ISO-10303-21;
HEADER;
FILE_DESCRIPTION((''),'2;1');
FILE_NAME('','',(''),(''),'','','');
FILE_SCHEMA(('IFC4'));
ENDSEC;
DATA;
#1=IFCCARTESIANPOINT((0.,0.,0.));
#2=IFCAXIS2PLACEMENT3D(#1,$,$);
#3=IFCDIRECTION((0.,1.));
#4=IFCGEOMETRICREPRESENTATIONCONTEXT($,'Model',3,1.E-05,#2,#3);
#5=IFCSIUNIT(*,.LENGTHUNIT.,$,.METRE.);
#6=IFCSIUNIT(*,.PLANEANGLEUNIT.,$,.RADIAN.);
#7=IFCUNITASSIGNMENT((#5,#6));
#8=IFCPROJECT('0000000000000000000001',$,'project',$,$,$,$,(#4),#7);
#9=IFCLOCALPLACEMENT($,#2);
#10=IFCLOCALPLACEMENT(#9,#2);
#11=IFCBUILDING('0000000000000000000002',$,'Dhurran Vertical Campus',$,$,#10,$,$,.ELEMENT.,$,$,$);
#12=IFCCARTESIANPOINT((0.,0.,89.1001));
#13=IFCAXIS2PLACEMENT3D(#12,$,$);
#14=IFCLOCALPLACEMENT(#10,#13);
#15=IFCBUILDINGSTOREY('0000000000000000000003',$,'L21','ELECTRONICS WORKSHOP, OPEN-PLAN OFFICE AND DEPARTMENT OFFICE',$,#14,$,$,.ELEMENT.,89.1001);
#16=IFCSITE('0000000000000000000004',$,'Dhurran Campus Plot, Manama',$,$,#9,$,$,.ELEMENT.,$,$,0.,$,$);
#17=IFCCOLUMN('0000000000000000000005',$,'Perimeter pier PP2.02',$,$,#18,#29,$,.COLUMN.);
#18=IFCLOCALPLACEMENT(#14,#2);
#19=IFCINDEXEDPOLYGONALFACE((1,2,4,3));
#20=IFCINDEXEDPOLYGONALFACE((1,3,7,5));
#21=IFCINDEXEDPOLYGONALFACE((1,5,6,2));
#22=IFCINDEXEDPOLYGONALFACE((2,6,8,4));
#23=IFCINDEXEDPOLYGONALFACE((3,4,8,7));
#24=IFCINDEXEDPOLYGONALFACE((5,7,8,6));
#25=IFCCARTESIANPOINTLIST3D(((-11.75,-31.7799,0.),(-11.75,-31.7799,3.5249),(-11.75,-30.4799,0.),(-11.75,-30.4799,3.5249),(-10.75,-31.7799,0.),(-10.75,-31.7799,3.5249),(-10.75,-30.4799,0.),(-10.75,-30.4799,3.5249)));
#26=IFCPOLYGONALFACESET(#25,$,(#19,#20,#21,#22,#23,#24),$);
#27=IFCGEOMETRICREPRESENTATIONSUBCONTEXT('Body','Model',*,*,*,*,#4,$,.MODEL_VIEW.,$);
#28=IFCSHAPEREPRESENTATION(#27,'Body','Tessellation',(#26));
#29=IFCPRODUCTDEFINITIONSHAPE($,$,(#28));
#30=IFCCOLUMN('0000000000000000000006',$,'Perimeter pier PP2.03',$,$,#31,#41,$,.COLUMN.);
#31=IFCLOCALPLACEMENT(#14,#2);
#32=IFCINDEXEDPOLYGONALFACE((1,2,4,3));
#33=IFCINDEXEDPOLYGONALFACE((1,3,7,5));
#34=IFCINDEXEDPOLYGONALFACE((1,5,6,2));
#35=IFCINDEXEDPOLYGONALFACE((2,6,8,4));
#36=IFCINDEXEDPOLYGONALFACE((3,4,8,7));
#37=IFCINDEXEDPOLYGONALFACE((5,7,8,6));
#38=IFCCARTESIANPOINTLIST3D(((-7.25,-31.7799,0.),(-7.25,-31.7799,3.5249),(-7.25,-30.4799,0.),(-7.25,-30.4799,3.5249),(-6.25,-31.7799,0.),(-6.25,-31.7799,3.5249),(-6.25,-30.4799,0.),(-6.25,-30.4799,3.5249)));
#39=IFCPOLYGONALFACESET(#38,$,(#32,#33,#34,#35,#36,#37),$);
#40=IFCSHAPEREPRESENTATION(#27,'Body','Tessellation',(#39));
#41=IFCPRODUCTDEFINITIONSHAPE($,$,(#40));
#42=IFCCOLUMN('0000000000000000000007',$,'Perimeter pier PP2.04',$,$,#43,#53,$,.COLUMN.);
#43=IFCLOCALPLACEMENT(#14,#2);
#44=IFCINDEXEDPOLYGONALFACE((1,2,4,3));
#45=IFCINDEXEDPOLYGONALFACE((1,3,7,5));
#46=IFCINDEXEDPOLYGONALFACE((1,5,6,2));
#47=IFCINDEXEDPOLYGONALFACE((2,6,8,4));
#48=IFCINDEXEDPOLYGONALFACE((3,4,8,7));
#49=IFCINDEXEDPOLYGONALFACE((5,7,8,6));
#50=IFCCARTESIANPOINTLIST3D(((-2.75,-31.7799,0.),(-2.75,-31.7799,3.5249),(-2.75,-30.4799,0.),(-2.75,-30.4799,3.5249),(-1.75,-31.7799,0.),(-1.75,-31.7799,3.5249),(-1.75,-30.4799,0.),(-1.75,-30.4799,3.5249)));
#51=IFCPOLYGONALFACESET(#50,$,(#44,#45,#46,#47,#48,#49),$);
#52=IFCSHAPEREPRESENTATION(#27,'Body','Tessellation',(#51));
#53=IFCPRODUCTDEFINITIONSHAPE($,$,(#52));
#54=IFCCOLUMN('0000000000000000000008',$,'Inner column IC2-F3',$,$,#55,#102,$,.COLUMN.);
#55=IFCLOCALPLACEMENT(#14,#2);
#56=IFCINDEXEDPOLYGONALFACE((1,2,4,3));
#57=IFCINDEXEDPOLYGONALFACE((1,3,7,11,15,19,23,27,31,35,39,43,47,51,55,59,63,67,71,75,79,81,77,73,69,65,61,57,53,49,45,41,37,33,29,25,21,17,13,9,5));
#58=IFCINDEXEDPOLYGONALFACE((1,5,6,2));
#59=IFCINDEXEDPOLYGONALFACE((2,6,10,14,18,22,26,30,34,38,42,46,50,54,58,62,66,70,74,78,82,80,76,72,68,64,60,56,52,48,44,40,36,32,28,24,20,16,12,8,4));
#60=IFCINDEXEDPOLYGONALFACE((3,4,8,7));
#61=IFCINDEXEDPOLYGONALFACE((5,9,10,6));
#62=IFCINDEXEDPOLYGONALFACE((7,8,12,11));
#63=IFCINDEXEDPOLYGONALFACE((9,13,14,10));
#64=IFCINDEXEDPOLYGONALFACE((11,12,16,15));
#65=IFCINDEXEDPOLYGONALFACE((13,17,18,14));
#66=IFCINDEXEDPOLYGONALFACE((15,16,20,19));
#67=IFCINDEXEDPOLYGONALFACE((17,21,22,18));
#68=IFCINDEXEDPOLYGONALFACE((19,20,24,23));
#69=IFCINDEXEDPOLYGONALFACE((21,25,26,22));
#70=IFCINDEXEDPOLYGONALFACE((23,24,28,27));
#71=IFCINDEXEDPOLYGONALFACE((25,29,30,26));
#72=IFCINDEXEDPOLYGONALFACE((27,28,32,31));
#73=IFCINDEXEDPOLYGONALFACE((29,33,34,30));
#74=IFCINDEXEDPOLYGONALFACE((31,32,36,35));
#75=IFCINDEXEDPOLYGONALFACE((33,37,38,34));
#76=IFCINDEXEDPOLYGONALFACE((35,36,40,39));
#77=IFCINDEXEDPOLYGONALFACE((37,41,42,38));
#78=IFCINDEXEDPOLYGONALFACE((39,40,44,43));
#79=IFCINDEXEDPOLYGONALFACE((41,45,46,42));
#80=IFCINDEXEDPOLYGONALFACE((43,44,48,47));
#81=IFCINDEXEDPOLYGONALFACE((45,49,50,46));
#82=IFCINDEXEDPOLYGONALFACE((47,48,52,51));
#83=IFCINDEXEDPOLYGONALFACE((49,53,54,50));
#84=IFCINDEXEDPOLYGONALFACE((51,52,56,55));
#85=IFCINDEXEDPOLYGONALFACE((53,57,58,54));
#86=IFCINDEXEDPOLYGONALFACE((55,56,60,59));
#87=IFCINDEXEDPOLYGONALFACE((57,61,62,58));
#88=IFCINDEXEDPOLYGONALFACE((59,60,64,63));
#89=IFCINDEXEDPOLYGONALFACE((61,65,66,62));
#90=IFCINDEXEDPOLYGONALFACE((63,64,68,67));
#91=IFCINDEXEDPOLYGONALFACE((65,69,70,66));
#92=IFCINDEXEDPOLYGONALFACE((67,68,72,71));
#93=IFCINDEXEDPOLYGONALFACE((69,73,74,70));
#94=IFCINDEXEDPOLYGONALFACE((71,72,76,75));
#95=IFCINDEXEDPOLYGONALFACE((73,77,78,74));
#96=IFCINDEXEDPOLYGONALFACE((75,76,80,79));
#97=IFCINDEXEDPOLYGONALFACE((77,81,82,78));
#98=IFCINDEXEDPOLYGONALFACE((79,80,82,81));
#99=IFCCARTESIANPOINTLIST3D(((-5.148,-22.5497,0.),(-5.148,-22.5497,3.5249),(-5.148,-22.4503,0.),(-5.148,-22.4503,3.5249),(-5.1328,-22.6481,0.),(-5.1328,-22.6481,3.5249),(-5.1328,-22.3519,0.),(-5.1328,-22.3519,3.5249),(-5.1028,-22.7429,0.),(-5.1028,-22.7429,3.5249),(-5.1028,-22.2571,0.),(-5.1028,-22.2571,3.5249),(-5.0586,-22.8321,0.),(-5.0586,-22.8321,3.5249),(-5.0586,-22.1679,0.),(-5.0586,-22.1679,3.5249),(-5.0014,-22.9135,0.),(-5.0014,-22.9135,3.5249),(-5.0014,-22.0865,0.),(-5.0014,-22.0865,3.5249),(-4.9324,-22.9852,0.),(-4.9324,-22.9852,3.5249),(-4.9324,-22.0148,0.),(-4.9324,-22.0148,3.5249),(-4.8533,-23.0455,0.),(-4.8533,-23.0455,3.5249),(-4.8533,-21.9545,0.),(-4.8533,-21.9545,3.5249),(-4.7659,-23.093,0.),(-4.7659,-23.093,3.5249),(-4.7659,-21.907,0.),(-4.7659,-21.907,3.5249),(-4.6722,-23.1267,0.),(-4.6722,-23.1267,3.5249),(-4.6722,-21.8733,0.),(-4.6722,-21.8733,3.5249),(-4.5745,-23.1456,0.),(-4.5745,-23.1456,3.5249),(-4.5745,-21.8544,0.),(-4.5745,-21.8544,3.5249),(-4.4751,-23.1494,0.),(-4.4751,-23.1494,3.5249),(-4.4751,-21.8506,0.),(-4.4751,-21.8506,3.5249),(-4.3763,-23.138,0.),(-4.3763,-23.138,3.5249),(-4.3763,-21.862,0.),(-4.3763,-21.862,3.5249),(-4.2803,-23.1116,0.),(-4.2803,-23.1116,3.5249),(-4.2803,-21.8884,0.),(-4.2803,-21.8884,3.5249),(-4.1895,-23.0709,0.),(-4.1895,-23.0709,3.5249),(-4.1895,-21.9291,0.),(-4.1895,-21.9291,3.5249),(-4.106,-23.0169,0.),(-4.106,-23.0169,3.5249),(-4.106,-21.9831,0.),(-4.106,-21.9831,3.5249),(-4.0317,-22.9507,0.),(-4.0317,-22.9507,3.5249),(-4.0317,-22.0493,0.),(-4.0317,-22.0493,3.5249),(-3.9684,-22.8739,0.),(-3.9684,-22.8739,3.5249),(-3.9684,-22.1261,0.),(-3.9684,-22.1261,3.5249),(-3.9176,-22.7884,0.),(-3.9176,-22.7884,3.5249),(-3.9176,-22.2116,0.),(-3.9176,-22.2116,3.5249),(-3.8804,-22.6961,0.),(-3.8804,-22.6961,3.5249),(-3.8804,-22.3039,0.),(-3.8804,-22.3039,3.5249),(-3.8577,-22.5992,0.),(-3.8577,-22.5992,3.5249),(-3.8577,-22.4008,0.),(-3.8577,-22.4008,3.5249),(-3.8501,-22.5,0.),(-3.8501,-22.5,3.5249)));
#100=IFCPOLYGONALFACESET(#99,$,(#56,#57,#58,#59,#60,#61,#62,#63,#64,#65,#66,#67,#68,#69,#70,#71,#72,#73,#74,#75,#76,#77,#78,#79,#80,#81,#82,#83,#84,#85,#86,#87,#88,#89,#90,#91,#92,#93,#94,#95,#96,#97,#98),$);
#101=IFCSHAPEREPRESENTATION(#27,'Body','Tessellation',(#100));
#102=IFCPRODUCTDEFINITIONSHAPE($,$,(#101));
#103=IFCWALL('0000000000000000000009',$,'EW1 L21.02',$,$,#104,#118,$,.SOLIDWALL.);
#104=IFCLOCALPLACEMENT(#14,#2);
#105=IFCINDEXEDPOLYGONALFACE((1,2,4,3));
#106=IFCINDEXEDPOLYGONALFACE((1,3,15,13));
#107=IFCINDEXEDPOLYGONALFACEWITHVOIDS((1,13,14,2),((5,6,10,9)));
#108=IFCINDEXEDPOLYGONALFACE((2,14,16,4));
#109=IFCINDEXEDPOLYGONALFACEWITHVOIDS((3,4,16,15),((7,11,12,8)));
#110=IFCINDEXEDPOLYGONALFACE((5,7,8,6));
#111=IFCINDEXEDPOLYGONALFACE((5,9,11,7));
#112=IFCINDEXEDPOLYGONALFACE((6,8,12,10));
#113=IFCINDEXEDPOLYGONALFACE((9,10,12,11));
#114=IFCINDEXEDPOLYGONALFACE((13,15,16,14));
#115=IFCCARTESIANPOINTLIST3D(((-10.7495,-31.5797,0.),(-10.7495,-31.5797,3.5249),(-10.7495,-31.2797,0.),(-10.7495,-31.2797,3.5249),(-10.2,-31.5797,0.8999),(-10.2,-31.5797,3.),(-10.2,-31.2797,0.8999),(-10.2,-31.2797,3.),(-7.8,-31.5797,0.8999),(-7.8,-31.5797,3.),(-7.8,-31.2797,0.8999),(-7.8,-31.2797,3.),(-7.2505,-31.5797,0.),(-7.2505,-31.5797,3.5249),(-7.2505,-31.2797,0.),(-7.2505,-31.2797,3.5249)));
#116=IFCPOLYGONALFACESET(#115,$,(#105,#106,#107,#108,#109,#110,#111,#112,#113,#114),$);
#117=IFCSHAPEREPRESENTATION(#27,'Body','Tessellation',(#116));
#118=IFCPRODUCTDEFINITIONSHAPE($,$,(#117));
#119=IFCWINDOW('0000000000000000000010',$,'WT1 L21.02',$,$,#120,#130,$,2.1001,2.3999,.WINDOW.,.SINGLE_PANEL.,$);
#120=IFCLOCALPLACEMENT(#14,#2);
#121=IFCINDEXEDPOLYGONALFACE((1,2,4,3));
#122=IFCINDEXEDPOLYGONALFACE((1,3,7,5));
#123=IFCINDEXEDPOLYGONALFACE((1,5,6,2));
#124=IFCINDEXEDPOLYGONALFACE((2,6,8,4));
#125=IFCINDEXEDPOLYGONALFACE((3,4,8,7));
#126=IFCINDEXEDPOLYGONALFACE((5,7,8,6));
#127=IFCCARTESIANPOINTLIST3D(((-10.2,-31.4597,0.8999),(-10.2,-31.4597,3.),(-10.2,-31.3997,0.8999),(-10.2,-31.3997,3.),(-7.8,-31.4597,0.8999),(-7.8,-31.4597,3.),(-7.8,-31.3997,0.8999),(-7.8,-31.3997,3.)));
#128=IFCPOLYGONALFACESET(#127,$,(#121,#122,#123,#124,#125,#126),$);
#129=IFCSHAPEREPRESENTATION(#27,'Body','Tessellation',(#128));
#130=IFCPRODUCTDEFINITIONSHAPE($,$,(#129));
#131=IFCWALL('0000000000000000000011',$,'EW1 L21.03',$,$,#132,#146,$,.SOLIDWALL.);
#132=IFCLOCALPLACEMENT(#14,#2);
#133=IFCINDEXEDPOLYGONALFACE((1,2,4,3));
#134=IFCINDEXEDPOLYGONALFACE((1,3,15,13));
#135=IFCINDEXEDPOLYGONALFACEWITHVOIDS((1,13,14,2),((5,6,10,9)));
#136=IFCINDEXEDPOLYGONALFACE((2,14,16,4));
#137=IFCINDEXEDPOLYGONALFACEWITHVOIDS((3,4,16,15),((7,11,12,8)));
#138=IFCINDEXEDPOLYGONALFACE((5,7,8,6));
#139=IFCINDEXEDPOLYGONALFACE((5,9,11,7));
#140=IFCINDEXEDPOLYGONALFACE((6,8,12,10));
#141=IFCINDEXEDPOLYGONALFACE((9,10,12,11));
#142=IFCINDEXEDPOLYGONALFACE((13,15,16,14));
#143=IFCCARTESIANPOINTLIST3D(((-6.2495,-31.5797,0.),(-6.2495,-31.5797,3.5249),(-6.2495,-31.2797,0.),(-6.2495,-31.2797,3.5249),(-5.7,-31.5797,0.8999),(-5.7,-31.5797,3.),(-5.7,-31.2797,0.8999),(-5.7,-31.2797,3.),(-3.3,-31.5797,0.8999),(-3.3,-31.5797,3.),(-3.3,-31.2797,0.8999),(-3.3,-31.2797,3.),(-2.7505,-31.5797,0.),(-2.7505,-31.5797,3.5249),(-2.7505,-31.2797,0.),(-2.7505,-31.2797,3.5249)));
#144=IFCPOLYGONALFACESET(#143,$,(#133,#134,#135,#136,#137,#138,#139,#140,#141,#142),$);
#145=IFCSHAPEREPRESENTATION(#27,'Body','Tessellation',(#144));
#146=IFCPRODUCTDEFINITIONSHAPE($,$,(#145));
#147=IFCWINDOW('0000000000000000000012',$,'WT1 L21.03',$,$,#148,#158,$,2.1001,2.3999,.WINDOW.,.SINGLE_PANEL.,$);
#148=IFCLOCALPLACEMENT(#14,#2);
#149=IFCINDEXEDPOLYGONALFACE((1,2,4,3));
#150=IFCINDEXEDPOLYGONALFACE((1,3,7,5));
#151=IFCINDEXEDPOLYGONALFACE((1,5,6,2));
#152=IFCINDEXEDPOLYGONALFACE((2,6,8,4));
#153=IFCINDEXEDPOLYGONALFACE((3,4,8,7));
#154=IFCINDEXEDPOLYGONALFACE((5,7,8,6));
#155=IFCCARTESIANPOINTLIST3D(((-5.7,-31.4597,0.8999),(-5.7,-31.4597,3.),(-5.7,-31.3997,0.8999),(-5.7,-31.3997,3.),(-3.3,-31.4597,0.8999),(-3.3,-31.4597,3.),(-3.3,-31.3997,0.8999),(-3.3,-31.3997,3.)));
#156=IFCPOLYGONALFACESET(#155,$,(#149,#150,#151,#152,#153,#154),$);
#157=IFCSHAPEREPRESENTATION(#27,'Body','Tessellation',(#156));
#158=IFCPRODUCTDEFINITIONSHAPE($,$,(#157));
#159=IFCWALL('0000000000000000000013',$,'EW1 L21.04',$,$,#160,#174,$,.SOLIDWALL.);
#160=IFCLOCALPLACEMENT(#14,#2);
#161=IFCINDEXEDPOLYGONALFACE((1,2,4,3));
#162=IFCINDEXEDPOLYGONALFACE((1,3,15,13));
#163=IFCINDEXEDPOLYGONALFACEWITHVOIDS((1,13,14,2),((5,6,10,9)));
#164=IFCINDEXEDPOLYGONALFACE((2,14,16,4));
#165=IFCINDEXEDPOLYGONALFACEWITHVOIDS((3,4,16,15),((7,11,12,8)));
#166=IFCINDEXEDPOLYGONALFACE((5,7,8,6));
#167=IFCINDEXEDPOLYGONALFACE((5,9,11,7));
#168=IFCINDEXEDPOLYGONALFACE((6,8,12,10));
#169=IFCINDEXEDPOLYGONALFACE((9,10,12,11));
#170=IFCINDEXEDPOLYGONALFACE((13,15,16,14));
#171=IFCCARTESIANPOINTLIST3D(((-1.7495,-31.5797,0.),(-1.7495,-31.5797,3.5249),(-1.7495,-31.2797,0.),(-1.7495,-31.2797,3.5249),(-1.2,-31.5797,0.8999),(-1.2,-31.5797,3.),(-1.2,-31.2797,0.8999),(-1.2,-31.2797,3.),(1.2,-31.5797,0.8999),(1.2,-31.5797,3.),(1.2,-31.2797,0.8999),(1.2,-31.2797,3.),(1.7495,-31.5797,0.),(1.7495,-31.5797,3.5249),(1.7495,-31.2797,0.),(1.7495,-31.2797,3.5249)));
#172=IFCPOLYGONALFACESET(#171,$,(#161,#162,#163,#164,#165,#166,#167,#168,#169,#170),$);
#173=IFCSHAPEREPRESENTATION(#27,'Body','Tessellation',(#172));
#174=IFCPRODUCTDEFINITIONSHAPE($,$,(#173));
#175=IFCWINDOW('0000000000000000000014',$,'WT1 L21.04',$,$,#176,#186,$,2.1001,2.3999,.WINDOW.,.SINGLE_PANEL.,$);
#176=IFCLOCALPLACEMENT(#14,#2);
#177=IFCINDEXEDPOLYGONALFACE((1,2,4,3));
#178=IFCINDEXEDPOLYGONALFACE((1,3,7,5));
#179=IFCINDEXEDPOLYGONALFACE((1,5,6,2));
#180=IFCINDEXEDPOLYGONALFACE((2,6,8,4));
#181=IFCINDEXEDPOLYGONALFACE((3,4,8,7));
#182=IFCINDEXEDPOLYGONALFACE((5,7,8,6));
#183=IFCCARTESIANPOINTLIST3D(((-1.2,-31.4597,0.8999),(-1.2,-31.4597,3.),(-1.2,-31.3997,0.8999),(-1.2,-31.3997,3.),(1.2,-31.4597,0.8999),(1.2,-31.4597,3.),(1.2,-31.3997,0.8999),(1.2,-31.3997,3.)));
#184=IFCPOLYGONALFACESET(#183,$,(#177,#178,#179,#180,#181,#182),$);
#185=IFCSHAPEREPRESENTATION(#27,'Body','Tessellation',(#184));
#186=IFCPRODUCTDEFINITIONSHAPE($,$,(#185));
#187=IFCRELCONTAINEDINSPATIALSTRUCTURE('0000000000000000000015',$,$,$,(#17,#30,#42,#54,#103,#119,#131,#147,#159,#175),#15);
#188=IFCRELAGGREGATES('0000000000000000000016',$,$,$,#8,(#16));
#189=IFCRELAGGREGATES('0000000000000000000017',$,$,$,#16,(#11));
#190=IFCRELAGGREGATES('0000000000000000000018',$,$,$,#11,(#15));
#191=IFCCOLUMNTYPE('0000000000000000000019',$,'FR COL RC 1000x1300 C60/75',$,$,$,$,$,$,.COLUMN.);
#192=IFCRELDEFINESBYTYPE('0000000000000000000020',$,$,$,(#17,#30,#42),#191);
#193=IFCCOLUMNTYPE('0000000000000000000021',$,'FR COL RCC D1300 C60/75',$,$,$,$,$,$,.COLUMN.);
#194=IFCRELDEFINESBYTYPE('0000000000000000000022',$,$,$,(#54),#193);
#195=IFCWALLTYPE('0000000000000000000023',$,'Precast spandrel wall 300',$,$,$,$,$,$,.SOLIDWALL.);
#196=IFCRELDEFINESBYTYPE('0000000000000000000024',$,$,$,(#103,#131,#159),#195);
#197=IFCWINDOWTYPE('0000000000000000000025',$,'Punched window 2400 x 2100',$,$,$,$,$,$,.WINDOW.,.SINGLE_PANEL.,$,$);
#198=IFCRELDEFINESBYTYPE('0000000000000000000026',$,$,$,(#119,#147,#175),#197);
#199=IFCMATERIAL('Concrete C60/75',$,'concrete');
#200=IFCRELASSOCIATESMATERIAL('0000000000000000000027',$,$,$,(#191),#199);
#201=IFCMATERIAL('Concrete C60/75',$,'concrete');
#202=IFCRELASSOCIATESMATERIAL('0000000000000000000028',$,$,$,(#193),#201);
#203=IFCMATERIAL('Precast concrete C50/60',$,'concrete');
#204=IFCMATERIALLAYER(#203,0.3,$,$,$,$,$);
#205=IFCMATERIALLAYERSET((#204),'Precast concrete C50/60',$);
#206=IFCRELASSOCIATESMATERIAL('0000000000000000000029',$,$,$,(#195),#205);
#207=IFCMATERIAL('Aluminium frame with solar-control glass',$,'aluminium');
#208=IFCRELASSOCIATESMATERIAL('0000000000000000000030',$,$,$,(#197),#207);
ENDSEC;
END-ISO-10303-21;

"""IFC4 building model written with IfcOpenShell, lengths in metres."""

from ifc_helpers import new_model, si_unit, direction, frame, frame_2d, origin, origin_2d, place, context, subcontext, project, spatial, rectangle, circle, extrude, material, layer, layer_set, material_profile, profile_set, type_object, element, fill, save


model = new_model("IFC4")

# Units and contexts
model_context = context("Model", 3, precision=1e-05, world=origin(), true_north=direction((0.0, 1.0)))
body_context = subcontext(model_context, "Body", "Model", "MODEL_VIEW")
ifc_project = project(units=[si_unit("LENGTHUNIT", "METRE"), si_unit("PLANEANGLEUNIT", "RADIAN")], contexts=[model_context])

# Site, building, storey
site_placement = place(None, origin())
site = spatial("IfcSite", under=ifc_project, at=site_placement, Name="Dhurran Campus Plot, Manama", CompositionType="ELEMENT", RefElevation=0.0)
building_placement = place(site_placement, origin())
building = spatial("IfcBuilding", under=site, at=building_placement, Name="Dhurran Vertical Campus", CompositionType="ELEMENT")
storey_placement = place(building_placement, frame((0.0, 0.0, 89.1001)))
storey = spatial("IfcBuildingStorey", under=building, at=storey_placement, Name="L21", Description="ELECTRONICS WORKSHOP, OPEN-PLAN OFFICE AND DEPARTMENT OFFICE", CompositionType="ELEMENT", Elevation=89.1001)

# Columns
ifc_material_1 = material(Name="Concrete C60/75", Category="concrete")
ifc_material_profile_1 = material_profile(ifc_material_1, rectangle(XDim=1.0, YDim=1.3, at=origin_2d()), Name="RC 1000x1300")
ifc_profile_set_1 = profile_set([ifc_material_profile_1], Name="Concrete C60/75")
column_type_1 = type_object("IfcColumnType", Name="FR COL RC 1000x1300 C60/75", PredefinedType="COLUMN", material=ifc_profile_set_1)
for number, where, z_axis, x_axis, name in (
    (1, (-11.25, -31.1299, 0.0), (0.0, 0.0, 1.0), (1.0, 0.0, 0.0), "Perimeter pier PP2.02"),
    (2, (-6.75, -31.1299, 0.0), (0.0, 0.0, 1.0), (1.0, 0.0, 0.0), "Perimeter pier PP2.03"),
    (3, (-2.25, -31.1299, 0.0), (0.0, 0.0, 1.0), (1.0, 0.0, 0.0), "Perimeter pier PP2.04"),
):
    element("IfcColumn", number, at=place(storey_placement, frame(where, z_axis=z_axis, x_axis=x_axis)), inside=storey, type_object=column_type_1, Name=name, PredefinedType="COLUMN", context=body_context, shape_type="SweptSolid", body=[
        extrude(rectangle(XDim=1.0, YDim=1.3, at=origin_2d()), origin(), (0.0, 0.0, 1.0), 3.5249),
    ])
ifc_material_2 = material(Name="Concrete C60/75", Category="concrete")
ifc_material_profile_2 = material_profile(ifc_material_2, circle(Radius=0.6499, at=origin_2d()), Name="RCC D1300")
ifc_profile_set_2 = profile_set([ifc_material_profile_2], Name="Concrete C60/75")
column_type_2 = type_object("IfcColumnType", Name="FR COL RCC D1300 C60/75", PredefinedType="COLUMN", material=ifc_profile_set_2)
column_placement = place(storey_placement, frame((-4.5, -22.5, 0.0), z_axis=(0.0, 0.0, 1.0), x_axis=(1.0, 0.0, 0.0)))
element("IfcColumn", 4, at=column_placement, inside=storey, type_object=column_type_2, Name="Inner column IC2-F3", PredefinedType="COLUMN", context=body_context, shape_type="SweptSolid", body=[
    extrude(circle(Radius=0.6499, at=origin_2d()), origin(), (0.0, 0.0, 1.0), 3.5249),
])

# Walls, openings, windows
ifc_material_3 = material(Name="Precast concrete C50/60", Category="concrete")
ifc_layer_1 = layer(ifc_material_3, 0.3)
ifc_layer_set_1 = layer_set([ifc_layer_1], Name="Precast concrete C50/60")
wall_type_1 = type_object("IfcWallType", Name="Precast spandrel wall 300", PredefinedType="SOLIDWALL", material=ifc_layer_set_1)
wall_1_placement = place(storey_placement, frame((-10.7495, -31.4297, 0.0), z_axis=(0.0, 0.0, 1.0), x_axis=(1.0, 0.0, 0.0)))
wall_1 = element("IfcWall", 5, at=wall_1_placement, inside=storey, type_object=wall_type_1, Name="EW1 L21.02", PredefinedType="SOLIDWALL", context=body_context, shape_type="SweptSolid", body=[
    extrude(rectangle(XDim=3.499, YDim=0.3, at=frame_2d((1.7495, 0.0))), origin(), (0.0, 0.0, 1.0), 3.5249),
])
opening_1_placement = place(wall_1_placement, frame((0.5496, 0.0, 0.8999)))
opening_1 = element("IfcOpeningElement", 6, at=opening_1_placement, cuts=wall_1, PredefinedType="OPENING", context=body_context, shape_type="SweptSolid", body=[
    extrude(rectangle(XDim=2.3999, YDim=2.1001, at=frame_2d((1.2, 1.05))), frame((0.0, 0.1599, 0.0), z_axis=(0.0, -1.0, 0.0), x_axis=(1.0, 0.0, 0.0)), (0.0, 0.0, 1.0), 0.3201),
])
ifc_material_4 = material(Name="Aluminium frame with solar-control glass", Category="aluminium")
window_type = type_object("IfcWindowType", Name="Punched window 2400 x 2100", PartitioningType="SINGLE_PANEL", PredefinedType="WINDOW", material=ifc_material_4)
window_1_placement = place(opening_1_placement, origin())
window_1 = element("IfcWindow", 7, at=window_1_placement, inside=storey, type_object=window_type, Name="WT1 L21.02", OverallHeight=2.1001, OverallWidth=2.3999, PartitioningType="SINGLE_PANEL", PredefinedType="WINDOW", context=body_context, shape_type="SweptSolid", body=[
    extrude(rectangle(XDim=2.3999, YDim=2.1001, at=frame_2d((1.2, 1.05))), frame((0.0, 0.03, 0.0), z_axis=(0.0, -1.0, 0.0), x_axis=(1.0, 0.0, 0.0)), (0.0, 0.0, 1.0), 0.0601),
])
fill(opening_1, window_1)
wall_2_placement = place(storey_placement, frame((-6.2495, -31.4297, 0.0), z_axis=(0.0, 0.0, 1.0), x_axis=(1.0, 0.0, 0.0)))
wall_2 = element("IfcWall", 8, at=wall_2_placement, inside=storey, type_object=wall_type_1, Name="EW1 L21.03", PredefinedType="SOLIDWALL", context=body_context, shape_type="SweptSolid", body=[
    extrude(rectangle(XDim=3.499, YDim=0.3, at=frame_2d((1.7495, 0.0))), origin(), (0.0, 0.0, 1.0), 3.5249),
])
opening_2_placement = place(wall_2_placement, frame((0.5496, 0.0, 0.8999)))
opening_2 = element("IfcOpeningElement", 9, at=opening_2_placement, cuts=wall_2, PredefinedType="OPENING", context=body_context, shape_type="SweptSolid", body=[
    extrude(rectangle(XDim=2.3999, YDim=2.1001, at=frame_2d((1.2, 1.05))), frame((0.0, 0.1599, 0.0), z_axis=(0.0, -1.0, 0.0), x_axis=(1.0, 0.0, 0.0)), (0.0, 0.0, 1.0), 0.3201),
])
window_2_placement = place(opening_2_placement, origin())
window_2 = element("IfcWindow", 10, at=window_2_placement, inside=storey, type_object=window_type, Name="WT1 L21.03", OverallHeight=2.1001, OverallWidth=2.3999, PartitioningType="SINGLE_PANEL", PredefinedType="WINDOW", context=body_context, shape_type="SweptSolid", body=[
    extrude(rectangle(XDim=2.3999, YDim=2.1001, at=frame_2d((1.2, 1.05))), frame((0.0, 0.03, 0.0), z_axis=(0.0, -1.0, 0.0), x_axis=(1.0, 0.0, 0.0)), (0.0, 0.0, 1.0), 0.0601),
])
fill(opening_2, window_2)
wall_3_placement = place(storey_placement, frame((-1.7495, -31.4297, 0.0), z_axis=(0.0, 0.0, 1.0), x_axis=(1.0, 0.0, 0.0)))
wall_3 = element("IfcWall", 11, at=wall_3_placement, inside=storey, type_object=wall_type_1, Name="EW1 L21.04", PredefinedType="SOLIDWALL", context=body_context, shape_type="SweptSolid", body=[
    extrude(rectangle(XDim=3.499, YDim=0.3, at=frame_2d((1.7495, 0.0))), origin(), (0.0, 0.0, 1.0), 3.5249),
])
opening_3_placement = place(wall_3_placement, frame((0.5496, 0.0, 0.8999)))
opening_3 = element("IfcOpeningElement", 12, at=opening_3_placement, cuts=wall_3, PredefinedType="OPENING", context=body_context, shape_type="SweptSolid", body=[
    extrude(rectangle(XDim=2.3999, YDim=2.1001, at=frame_2d((1.2, 1.05))), frame((0.0, 0.1599, 0.0), z_axis=(0.0, -1.0, 0.0), x_axis=(1.0, 0.0, 0.0)), (0.0, 0.0, 1.0), 0.3201),
])
window_3_placement = place(opening_3_placement, origin())
window_3 = element("IfcWindow", 13, at=window_3_placement, inside=storey, type_object=window_type, Name="WT1 L21.04", OverallHeight=2.1001, OverallWidth=2.3999, PartitioningType="SINGLE_PANEL", PredefinedType="WINDOW", context=body_context, shape_type="SweptSolid", body=[
    extrude(rectangle(XDim=2.3999, YDim=2.1001, at=frame_2d((1.2, 1.05))), frame((0.0, 0.03, 0.0), z_axis=(0.0, -1.0, 0.0), x_axis=(1.0, 0.0, 0.0)), (0.0, 0.0, 1.0), 0.0601),
])
fill(opening_3, window_3)

save(model, "model.ifc")
